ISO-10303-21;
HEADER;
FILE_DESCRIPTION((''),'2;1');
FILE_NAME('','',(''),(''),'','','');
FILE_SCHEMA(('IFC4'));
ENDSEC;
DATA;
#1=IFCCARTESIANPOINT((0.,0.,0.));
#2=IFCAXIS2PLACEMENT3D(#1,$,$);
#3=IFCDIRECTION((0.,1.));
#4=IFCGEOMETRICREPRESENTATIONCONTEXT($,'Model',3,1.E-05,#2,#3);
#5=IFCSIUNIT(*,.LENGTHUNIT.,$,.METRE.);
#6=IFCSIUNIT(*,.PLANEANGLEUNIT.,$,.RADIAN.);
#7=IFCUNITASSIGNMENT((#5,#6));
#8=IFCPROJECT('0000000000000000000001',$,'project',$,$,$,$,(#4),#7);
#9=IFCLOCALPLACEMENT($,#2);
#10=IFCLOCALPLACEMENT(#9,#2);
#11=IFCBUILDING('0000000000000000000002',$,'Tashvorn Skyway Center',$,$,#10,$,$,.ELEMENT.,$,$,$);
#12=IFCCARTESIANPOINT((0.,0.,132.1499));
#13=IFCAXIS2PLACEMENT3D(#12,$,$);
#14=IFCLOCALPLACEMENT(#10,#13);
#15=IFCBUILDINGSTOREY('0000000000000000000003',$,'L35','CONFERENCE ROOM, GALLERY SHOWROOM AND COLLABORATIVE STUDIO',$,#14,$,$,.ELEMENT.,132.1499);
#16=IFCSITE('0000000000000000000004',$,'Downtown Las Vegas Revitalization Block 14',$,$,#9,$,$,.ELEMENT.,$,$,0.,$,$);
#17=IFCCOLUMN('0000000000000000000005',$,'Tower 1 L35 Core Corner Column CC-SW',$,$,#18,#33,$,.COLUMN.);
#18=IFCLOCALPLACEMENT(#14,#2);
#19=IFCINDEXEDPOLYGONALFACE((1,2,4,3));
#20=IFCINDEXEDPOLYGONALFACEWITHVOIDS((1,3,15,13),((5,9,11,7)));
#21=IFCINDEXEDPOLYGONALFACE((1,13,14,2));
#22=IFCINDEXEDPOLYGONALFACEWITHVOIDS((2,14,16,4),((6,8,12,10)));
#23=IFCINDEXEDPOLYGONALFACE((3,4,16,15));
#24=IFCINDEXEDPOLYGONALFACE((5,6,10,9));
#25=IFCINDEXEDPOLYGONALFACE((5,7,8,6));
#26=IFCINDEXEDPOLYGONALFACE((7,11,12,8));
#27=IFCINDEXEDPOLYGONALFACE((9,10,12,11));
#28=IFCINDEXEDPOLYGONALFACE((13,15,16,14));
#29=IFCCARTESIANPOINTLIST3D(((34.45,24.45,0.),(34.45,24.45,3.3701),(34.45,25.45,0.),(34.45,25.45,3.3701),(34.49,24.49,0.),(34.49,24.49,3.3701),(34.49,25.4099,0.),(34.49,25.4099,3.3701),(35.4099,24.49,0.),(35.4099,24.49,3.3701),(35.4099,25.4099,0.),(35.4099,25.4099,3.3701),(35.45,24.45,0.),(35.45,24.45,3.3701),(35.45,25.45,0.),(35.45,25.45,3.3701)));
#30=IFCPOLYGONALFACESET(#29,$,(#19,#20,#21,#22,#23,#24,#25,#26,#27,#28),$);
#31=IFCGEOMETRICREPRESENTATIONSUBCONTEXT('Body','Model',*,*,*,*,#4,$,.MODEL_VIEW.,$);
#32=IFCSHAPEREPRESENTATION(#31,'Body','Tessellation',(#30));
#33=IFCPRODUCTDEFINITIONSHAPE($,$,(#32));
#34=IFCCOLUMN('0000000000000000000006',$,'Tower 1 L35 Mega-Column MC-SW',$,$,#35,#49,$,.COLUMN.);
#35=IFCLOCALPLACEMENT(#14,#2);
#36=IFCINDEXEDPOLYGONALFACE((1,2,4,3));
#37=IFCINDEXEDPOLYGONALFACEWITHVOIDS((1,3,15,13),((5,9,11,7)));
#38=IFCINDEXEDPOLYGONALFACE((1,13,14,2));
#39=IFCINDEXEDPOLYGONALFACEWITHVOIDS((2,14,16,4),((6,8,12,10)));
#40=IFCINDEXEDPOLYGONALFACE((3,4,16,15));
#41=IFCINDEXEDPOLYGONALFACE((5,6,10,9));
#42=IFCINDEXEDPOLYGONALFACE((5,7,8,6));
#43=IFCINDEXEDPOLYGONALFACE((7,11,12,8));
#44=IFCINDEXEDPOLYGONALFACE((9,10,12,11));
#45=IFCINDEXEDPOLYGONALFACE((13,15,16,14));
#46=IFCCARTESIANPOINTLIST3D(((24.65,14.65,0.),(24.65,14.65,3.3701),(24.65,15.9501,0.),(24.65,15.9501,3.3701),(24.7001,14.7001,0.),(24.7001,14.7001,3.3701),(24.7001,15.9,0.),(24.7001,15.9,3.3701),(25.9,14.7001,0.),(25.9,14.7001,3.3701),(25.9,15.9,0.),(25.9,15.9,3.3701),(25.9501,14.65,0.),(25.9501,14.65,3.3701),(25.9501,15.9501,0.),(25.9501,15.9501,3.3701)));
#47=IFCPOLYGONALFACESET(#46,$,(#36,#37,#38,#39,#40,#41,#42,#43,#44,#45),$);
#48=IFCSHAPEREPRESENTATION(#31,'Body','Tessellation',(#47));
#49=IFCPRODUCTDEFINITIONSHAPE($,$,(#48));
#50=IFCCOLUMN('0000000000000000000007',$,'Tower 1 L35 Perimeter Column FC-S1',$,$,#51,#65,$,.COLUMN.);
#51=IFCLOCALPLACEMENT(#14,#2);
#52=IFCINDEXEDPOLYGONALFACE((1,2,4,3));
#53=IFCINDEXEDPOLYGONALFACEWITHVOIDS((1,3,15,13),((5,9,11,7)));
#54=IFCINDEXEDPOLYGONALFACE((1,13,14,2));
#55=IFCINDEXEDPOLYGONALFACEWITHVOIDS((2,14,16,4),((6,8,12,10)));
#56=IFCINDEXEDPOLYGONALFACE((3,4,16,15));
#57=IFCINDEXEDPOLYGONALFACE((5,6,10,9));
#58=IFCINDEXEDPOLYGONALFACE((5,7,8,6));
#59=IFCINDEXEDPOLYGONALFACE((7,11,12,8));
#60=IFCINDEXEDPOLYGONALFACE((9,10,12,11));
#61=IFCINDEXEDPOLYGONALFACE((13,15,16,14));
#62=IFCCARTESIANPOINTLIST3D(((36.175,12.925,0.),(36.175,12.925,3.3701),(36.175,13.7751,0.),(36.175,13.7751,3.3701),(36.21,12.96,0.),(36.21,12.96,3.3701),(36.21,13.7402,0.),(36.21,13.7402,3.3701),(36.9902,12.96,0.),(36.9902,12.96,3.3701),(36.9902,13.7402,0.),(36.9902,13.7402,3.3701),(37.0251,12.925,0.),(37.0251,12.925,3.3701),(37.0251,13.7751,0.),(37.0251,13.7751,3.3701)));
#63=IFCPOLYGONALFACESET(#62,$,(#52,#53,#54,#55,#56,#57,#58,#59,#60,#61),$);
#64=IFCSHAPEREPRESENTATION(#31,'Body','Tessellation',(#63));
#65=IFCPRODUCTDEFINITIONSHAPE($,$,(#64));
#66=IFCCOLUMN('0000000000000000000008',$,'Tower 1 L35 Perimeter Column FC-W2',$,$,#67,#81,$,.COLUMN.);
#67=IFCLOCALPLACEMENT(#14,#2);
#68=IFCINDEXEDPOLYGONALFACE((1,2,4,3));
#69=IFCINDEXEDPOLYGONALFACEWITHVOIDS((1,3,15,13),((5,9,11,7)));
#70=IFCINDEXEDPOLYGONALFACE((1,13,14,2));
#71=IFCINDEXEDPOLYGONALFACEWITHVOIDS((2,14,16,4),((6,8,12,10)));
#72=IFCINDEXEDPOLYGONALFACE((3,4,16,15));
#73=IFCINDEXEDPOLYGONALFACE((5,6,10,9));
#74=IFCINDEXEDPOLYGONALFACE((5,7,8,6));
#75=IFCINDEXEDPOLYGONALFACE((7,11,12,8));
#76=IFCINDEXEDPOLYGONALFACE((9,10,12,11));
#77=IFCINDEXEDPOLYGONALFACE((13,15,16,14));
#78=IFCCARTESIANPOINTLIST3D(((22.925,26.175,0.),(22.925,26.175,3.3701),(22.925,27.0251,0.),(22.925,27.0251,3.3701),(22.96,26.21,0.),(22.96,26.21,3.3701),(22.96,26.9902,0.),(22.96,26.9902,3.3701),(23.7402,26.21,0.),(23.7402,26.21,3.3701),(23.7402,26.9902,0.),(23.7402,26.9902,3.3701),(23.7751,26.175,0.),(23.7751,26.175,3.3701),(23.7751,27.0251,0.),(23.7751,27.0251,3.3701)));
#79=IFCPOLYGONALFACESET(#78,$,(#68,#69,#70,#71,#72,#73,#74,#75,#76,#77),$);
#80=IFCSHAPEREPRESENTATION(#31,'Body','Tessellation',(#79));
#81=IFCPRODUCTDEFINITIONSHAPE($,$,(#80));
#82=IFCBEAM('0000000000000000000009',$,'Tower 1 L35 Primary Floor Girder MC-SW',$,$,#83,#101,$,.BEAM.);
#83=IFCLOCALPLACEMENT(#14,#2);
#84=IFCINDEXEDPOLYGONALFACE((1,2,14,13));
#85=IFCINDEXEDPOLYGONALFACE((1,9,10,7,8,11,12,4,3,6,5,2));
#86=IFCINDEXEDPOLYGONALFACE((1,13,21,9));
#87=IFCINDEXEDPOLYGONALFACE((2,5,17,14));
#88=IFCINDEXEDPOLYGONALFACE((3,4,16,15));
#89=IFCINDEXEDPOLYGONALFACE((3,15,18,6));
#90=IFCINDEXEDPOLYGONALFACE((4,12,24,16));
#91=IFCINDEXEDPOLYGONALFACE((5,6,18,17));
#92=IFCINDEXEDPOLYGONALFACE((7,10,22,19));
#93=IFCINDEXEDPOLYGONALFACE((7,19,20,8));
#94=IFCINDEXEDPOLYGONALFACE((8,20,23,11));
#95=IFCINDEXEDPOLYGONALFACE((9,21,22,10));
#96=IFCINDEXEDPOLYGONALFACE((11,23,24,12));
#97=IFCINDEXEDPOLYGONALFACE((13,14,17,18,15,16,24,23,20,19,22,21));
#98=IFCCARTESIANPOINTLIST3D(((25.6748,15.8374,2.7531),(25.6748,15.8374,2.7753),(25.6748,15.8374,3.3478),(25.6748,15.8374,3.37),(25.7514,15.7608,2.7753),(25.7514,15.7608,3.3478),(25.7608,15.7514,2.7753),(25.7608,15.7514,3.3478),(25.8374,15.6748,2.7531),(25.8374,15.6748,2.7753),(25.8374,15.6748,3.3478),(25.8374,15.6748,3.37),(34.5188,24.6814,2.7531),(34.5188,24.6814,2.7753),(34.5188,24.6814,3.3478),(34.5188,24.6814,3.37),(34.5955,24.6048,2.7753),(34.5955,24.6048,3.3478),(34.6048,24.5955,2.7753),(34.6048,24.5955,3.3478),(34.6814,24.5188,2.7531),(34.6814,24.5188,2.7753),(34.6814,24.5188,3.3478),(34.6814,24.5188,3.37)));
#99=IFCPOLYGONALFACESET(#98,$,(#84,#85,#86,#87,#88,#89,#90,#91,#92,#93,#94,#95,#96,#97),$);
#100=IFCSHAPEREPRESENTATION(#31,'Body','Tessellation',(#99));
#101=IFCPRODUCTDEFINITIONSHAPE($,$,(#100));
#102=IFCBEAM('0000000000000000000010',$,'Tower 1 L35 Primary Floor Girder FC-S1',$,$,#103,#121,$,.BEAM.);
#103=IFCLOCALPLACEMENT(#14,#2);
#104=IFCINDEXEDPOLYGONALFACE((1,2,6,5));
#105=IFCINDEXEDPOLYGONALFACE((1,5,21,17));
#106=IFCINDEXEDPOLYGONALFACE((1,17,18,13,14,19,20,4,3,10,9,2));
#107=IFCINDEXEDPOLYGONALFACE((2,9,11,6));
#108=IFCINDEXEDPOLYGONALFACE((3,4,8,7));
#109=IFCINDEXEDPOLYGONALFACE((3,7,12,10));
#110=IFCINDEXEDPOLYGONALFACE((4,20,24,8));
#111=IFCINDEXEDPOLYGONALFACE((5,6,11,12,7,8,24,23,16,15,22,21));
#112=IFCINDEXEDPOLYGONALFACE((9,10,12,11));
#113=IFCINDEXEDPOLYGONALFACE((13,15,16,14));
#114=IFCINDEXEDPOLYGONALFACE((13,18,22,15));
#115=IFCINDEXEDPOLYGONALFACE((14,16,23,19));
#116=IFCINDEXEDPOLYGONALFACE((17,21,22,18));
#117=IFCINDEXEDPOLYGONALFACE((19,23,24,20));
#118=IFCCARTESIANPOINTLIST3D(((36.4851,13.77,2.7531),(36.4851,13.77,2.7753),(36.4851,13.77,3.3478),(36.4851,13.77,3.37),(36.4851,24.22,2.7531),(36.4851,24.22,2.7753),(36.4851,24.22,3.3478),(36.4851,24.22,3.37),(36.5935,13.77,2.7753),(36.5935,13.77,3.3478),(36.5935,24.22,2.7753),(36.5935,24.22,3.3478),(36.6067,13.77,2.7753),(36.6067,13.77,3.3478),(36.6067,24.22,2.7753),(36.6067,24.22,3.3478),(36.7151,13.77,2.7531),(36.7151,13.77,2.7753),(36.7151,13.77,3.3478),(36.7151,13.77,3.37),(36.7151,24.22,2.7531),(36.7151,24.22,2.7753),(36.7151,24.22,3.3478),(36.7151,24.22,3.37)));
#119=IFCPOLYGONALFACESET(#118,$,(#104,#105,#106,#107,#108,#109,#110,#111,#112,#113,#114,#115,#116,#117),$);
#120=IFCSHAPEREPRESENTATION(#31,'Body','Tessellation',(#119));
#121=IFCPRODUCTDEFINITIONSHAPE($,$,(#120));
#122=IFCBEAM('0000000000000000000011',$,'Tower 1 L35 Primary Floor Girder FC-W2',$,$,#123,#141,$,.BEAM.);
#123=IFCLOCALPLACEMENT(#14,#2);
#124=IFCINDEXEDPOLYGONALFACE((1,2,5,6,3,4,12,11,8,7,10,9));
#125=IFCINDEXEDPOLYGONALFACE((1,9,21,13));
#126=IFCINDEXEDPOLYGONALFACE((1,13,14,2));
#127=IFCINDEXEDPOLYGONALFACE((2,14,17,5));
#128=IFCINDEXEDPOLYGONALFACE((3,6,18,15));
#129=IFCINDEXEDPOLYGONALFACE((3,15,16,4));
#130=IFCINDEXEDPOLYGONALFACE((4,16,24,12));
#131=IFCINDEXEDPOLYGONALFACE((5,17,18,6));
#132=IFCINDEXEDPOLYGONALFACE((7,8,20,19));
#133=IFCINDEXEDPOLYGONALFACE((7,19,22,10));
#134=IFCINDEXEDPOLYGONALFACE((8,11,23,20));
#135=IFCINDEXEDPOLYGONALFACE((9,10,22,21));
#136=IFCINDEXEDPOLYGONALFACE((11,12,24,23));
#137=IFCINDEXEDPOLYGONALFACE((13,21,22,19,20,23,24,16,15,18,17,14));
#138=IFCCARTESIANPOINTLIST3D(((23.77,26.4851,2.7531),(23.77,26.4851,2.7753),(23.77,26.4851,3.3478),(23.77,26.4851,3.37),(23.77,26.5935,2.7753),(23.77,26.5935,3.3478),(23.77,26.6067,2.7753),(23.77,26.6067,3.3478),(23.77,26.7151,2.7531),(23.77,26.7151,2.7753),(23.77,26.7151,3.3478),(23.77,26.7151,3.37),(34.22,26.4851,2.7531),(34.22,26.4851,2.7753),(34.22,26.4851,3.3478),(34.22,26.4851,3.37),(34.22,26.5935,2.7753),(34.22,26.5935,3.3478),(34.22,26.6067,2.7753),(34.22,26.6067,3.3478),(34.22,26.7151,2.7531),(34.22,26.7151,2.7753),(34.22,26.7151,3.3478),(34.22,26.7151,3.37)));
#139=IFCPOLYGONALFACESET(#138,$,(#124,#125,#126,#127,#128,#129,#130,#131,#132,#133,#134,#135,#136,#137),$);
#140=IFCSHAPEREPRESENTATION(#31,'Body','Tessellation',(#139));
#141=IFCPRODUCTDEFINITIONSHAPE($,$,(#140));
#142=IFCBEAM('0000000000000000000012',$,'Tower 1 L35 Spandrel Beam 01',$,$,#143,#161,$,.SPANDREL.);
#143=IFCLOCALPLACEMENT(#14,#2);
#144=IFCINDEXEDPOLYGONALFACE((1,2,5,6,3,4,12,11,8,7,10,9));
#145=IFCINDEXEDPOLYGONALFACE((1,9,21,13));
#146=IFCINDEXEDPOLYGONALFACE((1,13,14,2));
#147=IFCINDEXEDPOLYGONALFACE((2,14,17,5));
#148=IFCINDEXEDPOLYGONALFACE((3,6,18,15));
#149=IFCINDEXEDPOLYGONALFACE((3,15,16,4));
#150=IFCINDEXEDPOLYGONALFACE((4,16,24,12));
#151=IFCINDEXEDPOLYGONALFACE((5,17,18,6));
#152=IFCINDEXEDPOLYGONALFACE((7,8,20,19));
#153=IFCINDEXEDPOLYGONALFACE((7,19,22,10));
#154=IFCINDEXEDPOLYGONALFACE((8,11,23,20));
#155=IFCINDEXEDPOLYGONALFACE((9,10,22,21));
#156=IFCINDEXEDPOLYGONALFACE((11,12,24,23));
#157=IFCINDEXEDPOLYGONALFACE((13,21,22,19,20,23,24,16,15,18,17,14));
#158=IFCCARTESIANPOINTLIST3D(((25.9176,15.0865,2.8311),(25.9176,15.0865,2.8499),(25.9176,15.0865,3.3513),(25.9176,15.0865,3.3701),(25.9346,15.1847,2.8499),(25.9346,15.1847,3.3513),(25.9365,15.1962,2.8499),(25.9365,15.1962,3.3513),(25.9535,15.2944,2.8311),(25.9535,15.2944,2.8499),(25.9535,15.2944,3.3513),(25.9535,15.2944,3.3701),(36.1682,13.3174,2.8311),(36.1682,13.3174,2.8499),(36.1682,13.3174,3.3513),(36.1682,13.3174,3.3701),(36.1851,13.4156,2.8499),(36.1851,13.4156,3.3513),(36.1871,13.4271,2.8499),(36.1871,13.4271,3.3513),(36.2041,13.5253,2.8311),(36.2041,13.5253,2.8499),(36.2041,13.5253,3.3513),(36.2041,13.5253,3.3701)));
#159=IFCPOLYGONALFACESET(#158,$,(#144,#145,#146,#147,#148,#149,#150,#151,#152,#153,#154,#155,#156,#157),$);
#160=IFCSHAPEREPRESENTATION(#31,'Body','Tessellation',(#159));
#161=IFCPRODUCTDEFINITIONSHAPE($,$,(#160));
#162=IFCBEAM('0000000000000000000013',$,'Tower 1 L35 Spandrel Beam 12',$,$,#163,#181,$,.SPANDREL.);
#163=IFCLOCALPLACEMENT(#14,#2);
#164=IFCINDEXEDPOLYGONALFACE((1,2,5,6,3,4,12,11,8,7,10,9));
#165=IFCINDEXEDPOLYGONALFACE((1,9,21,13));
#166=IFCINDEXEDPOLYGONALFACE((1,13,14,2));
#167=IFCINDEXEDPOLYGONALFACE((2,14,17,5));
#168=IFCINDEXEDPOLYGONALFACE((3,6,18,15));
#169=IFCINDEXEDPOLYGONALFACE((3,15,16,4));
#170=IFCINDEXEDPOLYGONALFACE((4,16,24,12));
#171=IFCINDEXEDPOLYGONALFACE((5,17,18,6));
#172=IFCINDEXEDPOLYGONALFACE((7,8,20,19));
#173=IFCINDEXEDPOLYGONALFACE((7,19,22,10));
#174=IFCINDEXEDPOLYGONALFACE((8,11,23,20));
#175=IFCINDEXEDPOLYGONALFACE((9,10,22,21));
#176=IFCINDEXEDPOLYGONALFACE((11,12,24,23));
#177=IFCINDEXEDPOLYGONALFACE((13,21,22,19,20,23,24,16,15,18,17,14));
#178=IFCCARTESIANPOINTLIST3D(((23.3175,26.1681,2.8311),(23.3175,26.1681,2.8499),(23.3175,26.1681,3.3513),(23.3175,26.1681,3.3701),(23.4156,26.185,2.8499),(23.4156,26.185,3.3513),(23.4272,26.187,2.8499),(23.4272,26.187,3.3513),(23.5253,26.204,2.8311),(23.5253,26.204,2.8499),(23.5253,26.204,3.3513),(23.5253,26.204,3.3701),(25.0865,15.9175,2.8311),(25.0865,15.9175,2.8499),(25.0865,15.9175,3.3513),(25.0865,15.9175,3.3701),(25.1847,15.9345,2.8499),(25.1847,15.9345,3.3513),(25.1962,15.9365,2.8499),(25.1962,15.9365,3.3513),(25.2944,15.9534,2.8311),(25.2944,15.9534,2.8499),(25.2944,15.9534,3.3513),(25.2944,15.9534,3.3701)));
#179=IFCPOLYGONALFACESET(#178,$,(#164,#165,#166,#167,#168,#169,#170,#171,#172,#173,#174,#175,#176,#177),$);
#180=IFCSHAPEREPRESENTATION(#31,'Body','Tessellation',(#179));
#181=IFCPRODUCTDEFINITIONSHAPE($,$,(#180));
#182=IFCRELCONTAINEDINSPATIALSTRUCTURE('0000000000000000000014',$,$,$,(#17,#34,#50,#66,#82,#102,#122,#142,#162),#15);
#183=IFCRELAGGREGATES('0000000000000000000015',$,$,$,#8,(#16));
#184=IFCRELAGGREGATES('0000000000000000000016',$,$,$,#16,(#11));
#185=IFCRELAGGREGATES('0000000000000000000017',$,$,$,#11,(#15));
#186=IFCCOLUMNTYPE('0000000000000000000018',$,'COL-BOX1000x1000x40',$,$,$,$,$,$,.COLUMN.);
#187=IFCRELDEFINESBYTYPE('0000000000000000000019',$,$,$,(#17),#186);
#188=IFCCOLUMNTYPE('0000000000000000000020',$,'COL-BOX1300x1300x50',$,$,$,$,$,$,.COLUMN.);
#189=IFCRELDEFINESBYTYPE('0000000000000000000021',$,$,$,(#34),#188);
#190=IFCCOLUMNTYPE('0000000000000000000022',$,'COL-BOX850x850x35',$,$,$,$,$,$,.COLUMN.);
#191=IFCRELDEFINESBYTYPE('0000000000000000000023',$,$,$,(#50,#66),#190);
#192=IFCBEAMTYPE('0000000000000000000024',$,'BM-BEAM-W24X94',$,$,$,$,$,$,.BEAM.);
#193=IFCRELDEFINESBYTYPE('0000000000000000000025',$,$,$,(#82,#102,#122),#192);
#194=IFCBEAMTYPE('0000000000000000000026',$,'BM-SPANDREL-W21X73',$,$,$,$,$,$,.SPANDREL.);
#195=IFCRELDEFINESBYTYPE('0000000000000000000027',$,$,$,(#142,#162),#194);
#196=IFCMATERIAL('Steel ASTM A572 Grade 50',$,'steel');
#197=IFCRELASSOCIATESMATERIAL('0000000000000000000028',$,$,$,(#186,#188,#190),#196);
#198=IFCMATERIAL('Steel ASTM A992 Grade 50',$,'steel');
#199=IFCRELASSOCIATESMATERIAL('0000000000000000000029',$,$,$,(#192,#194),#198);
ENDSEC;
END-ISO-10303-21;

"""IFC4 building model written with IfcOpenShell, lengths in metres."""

from ifc_helpers import new_model, si_unit, direction, frame, origin, origin_2d, place, context, subcontext, project, spatial, hollow_rectangle, i_section, extrude, material, material_profile, profile_set, type_object, element, save


model = new_model("IFC4")

# Units and contexts
model_context = context("Model", 3, precision=1e-05, world=origin(), true_north=direction((0.0, 1.0)))
body_context = subcontext(model_context, "Body", "Model", "MODEL_VIEW")
ifc_project = project(units=[si_unit("LENGTHUNIT", "METRE"), si_unit("PLANEANGLEUNIT", "RADIAN")], contexts=[model_context])

# Site, building, storey
site_placement = place(None, origin())
site = spatial("IfcSite", under=ifc_project, at=site_placement, Name="Downtown Las Vegas Revitalization Block 14", CompositionType="ELEMENT", RefElevation=0.0)
building_placement = place(site_placement, origin())
building = spatial("IfcBuilding", under=site, at=building_placement, Name="Tashvorn Skyway Center", CompositionType="ELEMENT")
storey_placement = place(building_placement, frame((0.0, 0.0, 132.1499)))
storey = spatial("IfcBuildingStorey", under=building, at=storey_placement, Name="L35", Description="CONFERENCE ROOM, GALLERY SHOWROOM AND COLLABORATIVE STUDIO", CompositionType="ELEMENT", Elevation=132.1499)

# Columns
ifc_material_1 = material(Name="Steel ASTM A572 Grade 50", Category="steel")
ifc_material_profile_1 = material_profile(ifc_material_1, hollow_rectangle(XDim=1.0, YDim=1.0, WallThickness=0.04, at=origin_2d()), Name="BOX1000x1000x40")
ifc_profile_set_1 = profile_set([ifc_material_profile_1], Name="Steel ASTM A572 Grade 50")
column_type_1 = type_object("IfcColumnType", Name="COL-BOX1000x1000x40", PredefinedType="COLUMN", material=ifc_profile_set_1)
column_1_placement = place(storey_placement, frame((34.95, 24.95, 0.0), z_axis=(0.0, 0.0, 1.0), x_axis=(1.0, 0.0, 0.0)))
element("IfcColumn", 1, at=column_1_placement, inside=storey, type_object=column_type_1, Name="Tower 1 L35 Core Corner Column CC-SW", PredefinedType="COLUMN", context=body_context, shape_type="SweptSolid", body=[
    extrude(hollow_rectangle(XDim=1.0, YDim=1.0, WallThickness=0.04, at=origin_2d()), origin(), (0.0, 0.0, 1.0), 3.3701),
])
ifc_material_profile_2 = material_profile(ifc_material_1, hollow_rectangle(XDim=1.3, YDim=1.3, WallThickness=0.05, at=origin_2d()), Name="BOX1300x1300x50")
ifc_profile_set_2 = profile_set([ifc_material_profile_2], Name="Steel ASTM A572 Grade 50")
column_type_2 = type_object("IfcColumnType", Name="COL-BOX1300x1300x50", PredefinedType="COLUMN", material=ifc_profile_set_2)
column_2_placement = place(storey_placement, frame((25.3, 15.3, 0.0), z_axis=(0.0, 0.0, 1.0), x_axis=(1.0, 0.0, 0.0)))
element("IfcColumn", 2, at=column_2_placement, inside=storey, type_object=column_type_2, Name="Tower 1 L35 Mega-Column MC-SW", PredefinedType="COLUMN", context=body_context, shape_type="SweptSolid", body=[
    extrude(hollow_rectangle(XDim=1.3, YDim=1.3, WallThickness=0.05, at=origin_2d()), origin(), (0.0, 0.0, 1.0), 3.3701),
])
ifc_material_profile_3 = material_profile(ifc_material_1, hollow_rectangle(XDim=0.8501, YDim=0.8501, WallThickness=0.0349, at=origin_2d()), Name="BOX850x850x35")
ifc_profile_set_3 = profile_set([ifc_material_profile_3], Name="Steel ASTM A572 Grade 50")
column_type_3 = type_object("IfcColumnType", Name="COL-BOX850x850x35", PredefinedType="COLUMN", material=ifc_profile_set_3)
for number, where, z_axis, x_axis, name in (
    (3, (36.6001, 13.3501, 0.0), (0.0, 0.0, 1.0), (1.0, 0.0, 0.0), "Tower 1 L35 Perimeter Column FC-S1"),
    (4, (23.3501, 26.6001, 0.0), (0.0, 0.0, 1.0), (1.0, 0.0, 0.0), "Tower 1 L35 Perimeter Column FC-W2"),
):
    element("IfcColumn", number, at=place(storey_placement, frame(where, z_axis=z_axis, x_axis=x_axis)), inside=storey, type_object=column_type_3, Name=name, PredefinedType="COLUMN", context=body_context, shape_type="SweptSolid", body=[
        extrude(hollow_rectangle(XDim=0.8501, YDim=0.8501, WallThickness=0.0349, at=origin_2d()), origin(), (0.0, 0.0, 1.0), 3.3701),
    ])

# Beams
ifc_material_2 = material(Name="Steel ASTM A992 Grade 50", Category="steel")
ifc_material_profile_4 = material_profile(ifc_material_2, i_section(OverallWidth=0.23, OverallDepth=0.6169, WebThickness=0.0132, FlangeThickness=0.0222, at=origin_2d()), Name="W24X94")
ifc_profile_set_4 = profile_set([ifc_material_profile_4], Name="Steel ASTM A992 Grade 50")
beam_type_1 = type_object("IfcBeamType", Name="BM-BEAM-W24X94", PredefinedType="BEAM", material=ifc_profile_set_4)
beam_placement = place(storey_placement, frame((25.7561, 15.7561, 3.0615), z_axis=(0.707107, 0.707107, 0.0), x_axis=(-0.707107, 0.707107, 0.0)))
element("IfcBeam", 5, at=beam_placement, inside=storey, type_object=beam_type_1, Name="Tower 1 L35 Primary Floor Girder MC-SW", PredefinedType="BEAM", context=body_context, shape_type="SweptSolid", body=[
    extrude(i_section(OverallWidth=0.23, OverallDepth=0.6169, WebThickness=0.0132, FlangeThickness=0.0222, at=origin_2d()), origin(), (0.0, 0.0, 1.0), 12.5073),
])
for number, where, z_axis, x_axis, name in (
    (6, (36.6001, 13.77, 3.0615), (0.0, 1.0, 0.0), (-1.0, 0.0, 0.0), "Tower 1 L35 Primary Floor Girder FC-S1"),
    (7, (23.77, 26.6001, 3.0615), (1.0, 0.0, 0.0), (0.0, 1.0, 0.0), "Tower 1 L35 Primary Floor Girder FC-W2"),
):
    element("IfcBeam", number, at=place(storey_placement, frame(where, z_axis=z_axis, x_axis=x_axis)), inside=storey, type_object=beam_type_1, Name=name, PredefinedType="BEAM", context=body_context, shape_type="SweptSolid", body=[
        extrude(i_section(OverallWidth=0.23, OverallDepth=0.6169, WebThickness=0.0132, FlangeThickness=0.0222, at=origin_2d()), origin(), (0.0, 0.0, 1.0), 10.45),
    ])
ifc_material_profile_5 = material_profile(ifc_material_2, i_section(OverallWidth=0.2109, OverallDepth=0.5391, WebThickness=0.0117, FlangeThickness=0.0188, at=origin_2d()), Name="W21X73")
ifc_profile_set_5 = profile_set([ifc_material_profile_5], Name="Steel ASTM A992 Grade 50")
beam_type_2 = type_object("IfcBeamType", Name="BM-SPANDREL-W21X73", PredefinedType="SPANDREL", material=ifc_profile_set_5)
for number, where, z_axis, x_axis, name in (
    (8, (25.9355, 15.1904, 3.1006), (0.985432, -0.170067, 0.0), (0.170067, 0.985432, 0.0), "Tower 1 L35 Spandrel Beam 01"),
    (9, (23.4214, 26.186, 3.1006), (0.170067, -0.985432, 0.0), (0.985432, 0.170067, 0.0), "Tower 1 L35 Spandrel Beam 12"),
):
    element("IfcBeam", number, at=place(storey_placement, frame(where, z_axis=z_axis, x_axis=x_axis)), inside=storey, type_object=beam_type_2, Name=name, PredefinedType="SPANDREL", context=body_context, shape_type="SweptSolid", body=[
        extrude(i_section(OverallWidth=0.2109, OverallDepth=0.5391, WebThickness=0.0117, FlangeThickness=0.0188, at=origin_2d()), origin(), (0.0, 0.0, 1.0), 10.4021),
    ])

save(model, "model.ifc")
